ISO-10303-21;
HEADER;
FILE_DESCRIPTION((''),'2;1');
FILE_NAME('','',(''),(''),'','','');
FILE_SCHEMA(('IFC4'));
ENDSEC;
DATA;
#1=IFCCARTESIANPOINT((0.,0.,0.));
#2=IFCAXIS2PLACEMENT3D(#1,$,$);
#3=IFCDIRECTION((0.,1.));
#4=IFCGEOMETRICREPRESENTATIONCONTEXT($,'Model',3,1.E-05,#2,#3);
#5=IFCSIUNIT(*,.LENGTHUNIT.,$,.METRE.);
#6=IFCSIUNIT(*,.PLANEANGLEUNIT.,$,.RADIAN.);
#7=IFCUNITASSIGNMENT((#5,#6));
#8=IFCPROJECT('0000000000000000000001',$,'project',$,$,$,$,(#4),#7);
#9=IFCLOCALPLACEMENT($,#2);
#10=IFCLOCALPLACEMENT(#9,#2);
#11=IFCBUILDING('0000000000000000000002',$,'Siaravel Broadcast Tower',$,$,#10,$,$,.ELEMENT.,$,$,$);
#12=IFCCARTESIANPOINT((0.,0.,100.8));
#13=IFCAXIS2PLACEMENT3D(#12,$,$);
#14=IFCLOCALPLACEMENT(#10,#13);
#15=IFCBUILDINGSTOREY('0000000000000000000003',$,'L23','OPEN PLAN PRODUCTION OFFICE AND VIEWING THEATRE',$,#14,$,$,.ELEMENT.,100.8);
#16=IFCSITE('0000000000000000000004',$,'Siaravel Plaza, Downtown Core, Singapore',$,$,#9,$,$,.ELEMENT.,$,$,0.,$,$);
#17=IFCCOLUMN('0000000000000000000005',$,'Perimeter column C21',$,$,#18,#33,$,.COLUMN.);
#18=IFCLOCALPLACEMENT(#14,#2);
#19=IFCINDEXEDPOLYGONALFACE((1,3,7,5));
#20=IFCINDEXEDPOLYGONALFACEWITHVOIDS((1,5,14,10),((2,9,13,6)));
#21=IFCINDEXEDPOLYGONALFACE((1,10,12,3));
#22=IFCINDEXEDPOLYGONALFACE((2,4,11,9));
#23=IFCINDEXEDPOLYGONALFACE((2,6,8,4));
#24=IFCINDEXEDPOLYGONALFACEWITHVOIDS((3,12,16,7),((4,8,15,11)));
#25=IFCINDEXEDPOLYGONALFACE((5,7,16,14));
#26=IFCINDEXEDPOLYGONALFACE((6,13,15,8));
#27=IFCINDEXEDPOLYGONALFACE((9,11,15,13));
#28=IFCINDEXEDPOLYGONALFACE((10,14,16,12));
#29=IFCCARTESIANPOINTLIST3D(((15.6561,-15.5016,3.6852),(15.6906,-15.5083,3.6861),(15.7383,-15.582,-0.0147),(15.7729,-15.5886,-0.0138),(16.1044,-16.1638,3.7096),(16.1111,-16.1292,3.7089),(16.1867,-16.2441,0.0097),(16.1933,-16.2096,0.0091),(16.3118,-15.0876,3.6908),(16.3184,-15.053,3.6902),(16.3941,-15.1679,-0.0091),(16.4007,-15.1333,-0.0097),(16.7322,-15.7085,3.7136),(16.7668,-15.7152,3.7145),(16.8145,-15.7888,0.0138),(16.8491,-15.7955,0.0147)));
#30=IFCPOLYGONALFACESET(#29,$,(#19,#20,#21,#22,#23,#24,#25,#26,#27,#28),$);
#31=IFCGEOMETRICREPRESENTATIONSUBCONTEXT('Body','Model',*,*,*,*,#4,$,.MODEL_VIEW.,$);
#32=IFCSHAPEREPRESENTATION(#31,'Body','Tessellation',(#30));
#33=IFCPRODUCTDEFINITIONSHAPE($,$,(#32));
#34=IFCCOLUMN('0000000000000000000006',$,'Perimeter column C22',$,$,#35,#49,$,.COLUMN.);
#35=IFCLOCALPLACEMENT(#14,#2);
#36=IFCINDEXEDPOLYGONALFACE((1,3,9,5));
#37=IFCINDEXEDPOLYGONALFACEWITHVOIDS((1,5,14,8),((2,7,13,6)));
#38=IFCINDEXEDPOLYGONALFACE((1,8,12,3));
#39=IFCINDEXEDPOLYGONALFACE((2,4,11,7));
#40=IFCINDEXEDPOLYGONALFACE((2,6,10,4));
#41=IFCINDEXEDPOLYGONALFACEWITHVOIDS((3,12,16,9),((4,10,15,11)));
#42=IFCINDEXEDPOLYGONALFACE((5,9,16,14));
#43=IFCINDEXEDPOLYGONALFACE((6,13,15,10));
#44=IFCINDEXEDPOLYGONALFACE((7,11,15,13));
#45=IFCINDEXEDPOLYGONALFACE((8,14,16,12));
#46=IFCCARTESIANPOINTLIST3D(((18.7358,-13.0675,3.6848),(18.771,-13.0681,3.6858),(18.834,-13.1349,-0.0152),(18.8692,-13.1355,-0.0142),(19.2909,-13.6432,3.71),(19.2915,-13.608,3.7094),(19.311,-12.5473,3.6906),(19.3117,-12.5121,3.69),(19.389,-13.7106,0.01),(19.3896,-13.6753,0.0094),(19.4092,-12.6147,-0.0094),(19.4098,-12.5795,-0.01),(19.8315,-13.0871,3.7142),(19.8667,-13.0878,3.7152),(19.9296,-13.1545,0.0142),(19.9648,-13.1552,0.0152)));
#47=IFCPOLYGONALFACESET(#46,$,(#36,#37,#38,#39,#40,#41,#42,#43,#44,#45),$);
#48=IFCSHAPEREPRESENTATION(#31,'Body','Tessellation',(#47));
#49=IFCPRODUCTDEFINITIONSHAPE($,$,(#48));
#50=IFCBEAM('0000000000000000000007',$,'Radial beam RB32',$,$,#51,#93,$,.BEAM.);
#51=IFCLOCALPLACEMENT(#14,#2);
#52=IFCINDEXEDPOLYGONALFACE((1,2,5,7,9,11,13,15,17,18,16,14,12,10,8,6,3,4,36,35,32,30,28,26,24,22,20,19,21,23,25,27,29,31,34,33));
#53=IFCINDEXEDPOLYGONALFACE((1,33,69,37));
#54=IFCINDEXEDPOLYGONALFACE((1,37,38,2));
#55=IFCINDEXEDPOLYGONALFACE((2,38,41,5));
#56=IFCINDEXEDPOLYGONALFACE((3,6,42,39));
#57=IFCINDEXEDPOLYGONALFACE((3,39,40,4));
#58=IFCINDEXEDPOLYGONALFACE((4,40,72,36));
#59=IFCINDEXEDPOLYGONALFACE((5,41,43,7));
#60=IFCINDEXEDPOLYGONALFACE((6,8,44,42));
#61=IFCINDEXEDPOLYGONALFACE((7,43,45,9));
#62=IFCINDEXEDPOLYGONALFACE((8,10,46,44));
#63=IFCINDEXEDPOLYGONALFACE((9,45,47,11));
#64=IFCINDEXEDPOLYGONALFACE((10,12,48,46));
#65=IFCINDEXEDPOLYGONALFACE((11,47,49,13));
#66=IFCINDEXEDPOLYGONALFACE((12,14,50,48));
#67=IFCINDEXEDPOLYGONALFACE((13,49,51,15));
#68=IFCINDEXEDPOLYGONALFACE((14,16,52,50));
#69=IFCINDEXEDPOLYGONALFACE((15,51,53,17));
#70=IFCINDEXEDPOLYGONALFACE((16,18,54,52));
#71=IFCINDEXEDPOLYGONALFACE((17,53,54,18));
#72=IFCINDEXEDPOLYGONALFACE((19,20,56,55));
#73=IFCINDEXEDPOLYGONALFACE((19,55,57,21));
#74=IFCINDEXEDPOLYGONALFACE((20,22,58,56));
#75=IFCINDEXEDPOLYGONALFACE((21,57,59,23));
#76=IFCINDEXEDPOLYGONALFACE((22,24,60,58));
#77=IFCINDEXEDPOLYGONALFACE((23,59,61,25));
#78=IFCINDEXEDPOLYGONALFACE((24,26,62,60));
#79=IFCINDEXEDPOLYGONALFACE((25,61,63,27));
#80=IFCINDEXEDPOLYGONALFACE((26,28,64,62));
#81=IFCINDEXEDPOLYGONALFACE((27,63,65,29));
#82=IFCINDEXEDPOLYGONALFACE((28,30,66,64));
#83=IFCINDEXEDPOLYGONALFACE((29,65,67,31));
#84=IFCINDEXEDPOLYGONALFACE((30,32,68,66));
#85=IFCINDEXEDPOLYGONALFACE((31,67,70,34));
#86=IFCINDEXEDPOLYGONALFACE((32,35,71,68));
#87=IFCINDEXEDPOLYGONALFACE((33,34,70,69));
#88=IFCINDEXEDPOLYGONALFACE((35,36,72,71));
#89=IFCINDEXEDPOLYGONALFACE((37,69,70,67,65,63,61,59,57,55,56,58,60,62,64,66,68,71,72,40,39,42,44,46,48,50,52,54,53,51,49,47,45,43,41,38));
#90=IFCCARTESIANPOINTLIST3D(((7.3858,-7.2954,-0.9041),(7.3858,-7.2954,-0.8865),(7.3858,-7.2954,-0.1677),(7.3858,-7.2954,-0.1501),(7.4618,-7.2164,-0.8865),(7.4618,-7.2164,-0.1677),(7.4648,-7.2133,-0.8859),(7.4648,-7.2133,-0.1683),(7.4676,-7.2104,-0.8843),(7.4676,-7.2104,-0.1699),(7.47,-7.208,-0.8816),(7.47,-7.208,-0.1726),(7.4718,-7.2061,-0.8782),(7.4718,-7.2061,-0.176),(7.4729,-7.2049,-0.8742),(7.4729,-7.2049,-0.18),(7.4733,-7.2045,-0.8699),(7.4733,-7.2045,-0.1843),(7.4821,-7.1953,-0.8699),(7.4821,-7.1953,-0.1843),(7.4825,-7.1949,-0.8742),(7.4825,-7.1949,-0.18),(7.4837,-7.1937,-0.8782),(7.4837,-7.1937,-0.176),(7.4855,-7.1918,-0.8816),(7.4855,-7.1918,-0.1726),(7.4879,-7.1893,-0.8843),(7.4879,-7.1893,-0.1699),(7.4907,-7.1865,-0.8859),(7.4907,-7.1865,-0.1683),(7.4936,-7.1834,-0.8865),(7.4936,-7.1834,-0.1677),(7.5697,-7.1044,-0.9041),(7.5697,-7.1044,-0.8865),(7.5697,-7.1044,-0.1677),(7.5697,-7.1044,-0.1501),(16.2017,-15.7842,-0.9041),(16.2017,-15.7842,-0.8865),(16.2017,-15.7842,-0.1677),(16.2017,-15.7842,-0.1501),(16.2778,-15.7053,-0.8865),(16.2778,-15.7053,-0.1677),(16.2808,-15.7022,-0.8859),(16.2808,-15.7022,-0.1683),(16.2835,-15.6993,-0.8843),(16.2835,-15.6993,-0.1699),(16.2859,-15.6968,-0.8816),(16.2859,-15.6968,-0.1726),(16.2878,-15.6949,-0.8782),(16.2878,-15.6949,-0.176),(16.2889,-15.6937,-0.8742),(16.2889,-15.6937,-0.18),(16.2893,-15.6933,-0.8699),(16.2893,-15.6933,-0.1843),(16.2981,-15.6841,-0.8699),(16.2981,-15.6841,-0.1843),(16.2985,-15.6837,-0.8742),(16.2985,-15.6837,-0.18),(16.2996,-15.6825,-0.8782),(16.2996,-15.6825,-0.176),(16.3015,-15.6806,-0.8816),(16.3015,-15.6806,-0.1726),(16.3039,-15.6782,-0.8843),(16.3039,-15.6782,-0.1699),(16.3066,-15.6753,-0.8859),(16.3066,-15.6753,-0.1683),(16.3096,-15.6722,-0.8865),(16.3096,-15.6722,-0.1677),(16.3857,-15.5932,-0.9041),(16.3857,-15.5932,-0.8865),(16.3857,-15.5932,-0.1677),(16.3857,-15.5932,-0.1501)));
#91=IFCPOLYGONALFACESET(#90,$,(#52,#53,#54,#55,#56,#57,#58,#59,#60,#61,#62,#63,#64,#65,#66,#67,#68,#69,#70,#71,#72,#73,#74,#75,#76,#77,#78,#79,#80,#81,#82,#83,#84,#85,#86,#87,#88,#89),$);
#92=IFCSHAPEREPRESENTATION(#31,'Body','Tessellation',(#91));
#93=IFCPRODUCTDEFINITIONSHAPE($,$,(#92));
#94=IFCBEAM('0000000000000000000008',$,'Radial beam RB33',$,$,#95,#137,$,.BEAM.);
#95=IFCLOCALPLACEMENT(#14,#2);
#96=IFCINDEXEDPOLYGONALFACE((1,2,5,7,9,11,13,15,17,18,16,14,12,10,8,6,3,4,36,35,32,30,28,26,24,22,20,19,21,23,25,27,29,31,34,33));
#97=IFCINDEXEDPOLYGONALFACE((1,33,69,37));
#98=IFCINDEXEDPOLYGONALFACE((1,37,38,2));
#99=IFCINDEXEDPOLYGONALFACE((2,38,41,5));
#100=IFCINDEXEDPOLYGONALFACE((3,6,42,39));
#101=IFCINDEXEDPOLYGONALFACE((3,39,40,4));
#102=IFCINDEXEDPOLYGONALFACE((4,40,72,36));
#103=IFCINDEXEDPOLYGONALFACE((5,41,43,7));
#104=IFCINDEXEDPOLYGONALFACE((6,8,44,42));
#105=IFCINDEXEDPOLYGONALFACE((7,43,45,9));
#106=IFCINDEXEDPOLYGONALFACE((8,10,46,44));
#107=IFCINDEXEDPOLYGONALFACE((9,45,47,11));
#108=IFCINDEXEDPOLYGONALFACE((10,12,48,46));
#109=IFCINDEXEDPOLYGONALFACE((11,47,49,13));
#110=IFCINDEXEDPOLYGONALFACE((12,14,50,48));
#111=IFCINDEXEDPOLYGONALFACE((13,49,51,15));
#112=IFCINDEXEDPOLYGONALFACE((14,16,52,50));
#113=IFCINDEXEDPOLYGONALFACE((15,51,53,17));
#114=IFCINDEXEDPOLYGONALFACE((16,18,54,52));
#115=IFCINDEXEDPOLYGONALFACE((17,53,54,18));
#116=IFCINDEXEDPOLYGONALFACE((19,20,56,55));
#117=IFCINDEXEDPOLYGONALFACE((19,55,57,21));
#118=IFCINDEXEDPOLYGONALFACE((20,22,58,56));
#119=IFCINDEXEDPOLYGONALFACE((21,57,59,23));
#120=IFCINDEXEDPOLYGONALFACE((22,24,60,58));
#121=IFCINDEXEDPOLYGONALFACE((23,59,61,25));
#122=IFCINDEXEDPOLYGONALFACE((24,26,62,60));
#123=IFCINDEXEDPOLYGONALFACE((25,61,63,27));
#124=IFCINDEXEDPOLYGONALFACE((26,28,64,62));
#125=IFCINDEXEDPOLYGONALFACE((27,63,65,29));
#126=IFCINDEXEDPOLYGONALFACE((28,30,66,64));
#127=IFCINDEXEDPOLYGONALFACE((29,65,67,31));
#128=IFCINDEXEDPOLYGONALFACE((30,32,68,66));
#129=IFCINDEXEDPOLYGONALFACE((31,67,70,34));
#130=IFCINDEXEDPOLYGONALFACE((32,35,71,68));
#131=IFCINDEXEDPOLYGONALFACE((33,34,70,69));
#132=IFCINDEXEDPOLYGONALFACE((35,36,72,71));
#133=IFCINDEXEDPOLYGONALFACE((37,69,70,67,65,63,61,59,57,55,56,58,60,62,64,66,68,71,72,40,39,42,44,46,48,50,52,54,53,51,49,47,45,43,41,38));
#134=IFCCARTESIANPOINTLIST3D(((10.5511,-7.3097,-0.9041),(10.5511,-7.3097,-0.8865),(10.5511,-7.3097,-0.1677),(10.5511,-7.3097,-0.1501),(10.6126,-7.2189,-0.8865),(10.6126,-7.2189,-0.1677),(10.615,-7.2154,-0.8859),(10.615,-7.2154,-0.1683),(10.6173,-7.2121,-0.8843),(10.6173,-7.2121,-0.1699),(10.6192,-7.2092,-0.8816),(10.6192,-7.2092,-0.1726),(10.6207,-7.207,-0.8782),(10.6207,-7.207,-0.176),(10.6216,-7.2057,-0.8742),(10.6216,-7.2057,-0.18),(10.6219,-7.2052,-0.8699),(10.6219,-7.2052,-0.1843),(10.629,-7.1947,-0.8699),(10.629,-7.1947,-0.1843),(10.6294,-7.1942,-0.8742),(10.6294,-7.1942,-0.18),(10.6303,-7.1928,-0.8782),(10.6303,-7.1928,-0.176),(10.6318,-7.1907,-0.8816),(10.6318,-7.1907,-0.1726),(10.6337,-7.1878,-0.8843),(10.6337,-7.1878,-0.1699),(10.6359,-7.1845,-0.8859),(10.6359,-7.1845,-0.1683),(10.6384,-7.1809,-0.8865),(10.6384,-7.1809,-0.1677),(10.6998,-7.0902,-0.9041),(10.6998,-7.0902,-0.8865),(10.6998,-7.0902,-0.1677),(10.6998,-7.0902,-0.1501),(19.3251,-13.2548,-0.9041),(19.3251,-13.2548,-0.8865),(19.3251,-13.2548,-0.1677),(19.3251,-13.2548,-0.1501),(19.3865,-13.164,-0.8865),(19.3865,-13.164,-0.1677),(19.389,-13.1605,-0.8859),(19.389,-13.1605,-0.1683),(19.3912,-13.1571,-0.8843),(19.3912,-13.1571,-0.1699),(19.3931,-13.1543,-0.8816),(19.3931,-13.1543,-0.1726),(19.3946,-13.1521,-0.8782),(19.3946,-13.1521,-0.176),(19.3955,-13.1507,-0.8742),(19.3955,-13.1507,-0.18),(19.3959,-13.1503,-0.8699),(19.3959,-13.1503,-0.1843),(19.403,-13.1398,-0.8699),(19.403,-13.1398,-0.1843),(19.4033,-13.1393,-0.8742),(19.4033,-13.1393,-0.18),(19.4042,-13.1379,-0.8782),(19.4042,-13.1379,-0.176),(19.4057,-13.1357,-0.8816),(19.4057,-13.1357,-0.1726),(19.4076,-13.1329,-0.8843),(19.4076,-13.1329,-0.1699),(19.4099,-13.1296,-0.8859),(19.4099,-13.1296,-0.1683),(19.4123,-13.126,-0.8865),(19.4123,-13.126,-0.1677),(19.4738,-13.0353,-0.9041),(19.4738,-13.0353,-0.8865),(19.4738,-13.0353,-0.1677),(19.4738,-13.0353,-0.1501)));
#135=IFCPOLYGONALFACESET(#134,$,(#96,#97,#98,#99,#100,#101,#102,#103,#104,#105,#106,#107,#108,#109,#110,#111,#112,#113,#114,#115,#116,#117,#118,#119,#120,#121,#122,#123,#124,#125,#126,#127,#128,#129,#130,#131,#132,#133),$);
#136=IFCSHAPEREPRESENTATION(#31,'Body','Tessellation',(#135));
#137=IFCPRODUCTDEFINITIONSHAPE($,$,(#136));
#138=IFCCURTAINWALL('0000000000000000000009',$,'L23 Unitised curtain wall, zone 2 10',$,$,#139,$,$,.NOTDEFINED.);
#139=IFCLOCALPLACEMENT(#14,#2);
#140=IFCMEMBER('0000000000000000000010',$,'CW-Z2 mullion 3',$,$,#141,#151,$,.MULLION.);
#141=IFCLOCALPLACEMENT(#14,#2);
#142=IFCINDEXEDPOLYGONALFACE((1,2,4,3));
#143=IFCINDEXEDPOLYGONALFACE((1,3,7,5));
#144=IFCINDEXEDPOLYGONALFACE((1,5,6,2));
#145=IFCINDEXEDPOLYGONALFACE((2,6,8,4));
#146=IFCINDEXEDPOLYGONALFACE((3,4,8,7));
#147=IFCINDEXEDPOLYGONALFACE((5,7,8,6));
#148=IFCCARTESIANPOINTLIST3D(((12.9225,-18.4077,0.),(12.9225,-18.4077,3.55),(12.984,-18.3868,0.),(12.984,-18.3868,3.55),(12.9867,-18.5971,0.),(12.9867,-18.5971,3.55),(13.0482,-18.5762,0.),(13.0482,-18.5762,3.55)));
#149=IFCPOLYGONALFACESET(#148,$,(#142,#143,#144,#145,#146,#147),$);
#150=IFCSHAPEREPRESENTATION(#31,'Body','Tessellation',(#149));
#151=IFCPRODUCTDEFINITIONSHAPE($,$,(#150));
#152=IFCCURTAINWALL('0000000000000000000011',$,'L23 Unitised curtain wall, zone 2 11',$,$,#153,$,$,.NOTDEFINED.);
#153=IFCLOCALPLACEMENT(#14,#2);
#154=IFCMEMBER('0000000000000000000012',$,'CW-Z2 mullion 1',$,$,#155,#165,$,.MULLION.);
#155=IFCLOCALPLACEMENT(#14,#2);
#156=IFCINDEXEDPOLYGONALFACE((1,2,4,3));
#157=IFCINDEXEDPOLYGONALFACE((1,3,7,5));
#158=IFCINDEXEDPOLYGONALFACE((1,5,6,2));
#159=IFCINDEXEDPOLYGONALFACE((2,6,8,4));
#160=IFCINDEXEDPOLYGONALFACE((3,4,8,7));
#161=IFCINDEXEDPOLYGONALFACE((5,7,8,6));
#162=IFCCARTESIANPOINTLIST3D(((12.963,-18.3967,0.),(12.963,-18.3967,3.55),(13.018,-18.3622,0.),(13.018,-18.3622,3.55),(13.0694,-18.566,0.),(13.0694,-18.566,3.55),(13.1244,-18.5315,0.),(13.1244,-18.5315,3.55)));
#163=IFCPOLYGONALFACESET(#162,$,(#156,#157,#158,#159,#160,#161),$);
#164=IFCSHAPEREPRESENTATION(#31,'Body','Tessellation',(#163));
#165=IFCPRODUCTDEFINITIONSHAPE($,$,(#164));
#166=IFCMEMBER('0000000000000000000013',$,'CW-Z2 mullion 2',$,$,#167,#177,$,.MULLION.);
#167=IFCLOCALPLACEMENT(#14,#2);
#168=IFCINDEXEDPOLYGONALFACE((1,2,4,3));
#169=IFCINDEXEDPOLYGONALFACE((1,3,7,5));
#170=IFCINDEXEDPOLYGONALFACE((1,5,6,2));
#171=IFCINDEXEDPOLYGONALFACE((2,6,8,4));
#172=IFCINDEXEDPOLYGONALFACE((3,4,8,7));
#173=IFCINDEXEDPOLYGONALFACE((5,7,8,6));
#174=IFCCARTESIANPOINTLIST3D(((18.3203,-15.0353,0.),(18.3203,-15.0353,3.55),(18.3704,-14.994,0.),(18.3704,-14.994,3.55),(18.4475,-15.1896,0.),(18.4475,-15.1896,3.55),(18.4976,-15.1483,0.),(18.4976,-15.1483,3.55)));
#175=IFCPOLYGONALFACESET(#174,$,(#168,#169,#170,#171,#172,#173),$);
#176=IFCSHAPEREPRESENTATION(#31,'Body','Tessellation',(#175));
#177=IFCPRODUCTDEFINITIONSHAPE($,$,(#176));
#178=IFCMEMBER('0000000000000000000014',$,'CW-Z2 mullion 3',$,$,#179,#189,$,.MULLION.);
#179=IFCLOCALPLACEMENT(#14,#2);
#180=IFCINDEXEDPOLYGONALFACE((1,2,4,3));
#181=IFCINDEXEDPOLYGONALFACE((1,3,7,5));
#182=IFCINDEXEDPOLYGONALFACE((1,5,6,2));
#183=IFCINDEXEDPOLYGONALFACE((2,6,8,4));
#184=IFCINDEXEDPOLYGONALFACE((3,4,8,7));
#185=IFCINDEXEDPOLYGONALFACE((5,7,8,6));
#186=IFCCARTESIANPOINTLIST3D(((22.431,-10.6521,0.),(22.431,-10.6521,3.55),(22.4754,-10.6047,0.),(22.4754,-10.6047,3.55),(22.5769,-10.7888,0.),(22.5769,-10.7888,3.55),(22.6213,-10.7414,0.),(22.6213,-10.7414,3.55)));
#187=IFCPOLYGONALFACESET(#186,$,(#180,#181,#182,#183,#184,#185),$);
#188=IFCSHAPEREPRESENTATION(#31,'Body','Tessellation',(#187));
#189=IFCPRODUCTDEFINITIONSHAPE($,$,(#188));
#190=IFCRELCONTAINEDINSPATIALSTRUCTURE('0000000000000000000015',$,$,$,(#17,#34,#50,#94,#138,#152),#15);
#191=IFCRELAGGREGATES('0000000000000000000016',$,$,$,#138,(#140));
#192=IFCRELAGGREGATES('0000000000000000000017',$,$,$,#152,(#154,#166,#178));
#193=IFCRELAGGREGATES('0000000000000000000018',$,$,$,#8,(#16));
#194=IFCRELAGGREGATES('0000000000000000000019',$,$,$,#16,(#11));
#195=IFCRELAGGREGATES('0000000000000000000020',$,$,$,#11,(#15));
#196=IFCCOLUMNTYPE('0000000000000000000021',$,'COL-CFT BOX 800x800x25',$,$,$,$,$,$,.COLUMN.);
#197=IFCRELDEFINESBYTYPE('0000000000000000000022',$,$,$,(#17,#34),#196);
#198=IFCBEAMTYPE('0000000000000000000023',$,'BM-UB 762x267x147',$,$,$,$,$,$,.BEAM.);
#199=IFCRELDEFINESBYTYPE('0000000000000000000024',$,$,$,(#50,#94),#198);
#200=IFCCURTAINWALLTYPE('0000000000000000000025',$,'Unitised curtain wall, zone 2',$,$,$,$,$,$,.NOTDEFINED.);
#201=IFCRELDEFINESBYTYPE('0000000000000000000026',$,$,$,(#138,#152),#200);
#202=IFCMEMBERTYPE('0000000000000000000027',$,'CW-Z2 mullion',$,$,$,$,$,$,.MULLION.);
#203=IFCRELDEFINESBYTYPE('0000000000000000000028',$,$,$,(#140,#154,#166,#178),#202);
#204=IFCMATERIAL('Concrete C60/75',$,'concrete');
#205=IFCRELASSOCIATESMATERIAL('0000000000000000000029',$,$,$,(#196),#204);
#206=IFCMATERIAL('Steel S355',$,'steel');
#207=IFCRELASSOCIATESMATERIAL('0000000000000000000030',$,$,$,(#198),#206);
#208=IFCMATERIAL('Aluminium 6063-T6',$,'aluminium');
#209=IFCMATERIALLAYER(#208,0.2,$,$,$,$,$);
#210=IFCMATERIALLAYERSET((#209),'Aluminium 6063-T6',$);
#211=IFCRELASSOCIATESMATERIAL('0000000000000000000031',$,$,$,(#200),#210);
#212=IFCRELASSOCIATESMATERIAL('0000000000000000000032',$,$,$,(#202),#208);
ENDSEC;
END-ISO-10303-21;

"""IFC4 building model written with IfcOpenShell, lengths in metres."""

from ifc_helpers import new_model, si_unit, direction, frame, origin, origin_2d, place, context, subcontext, project, spatial, rectangle, hollow_rectangle, i_section, extrude, material, layer, layer_set, material_profile, profile_set, type_object, element, aggregate, save


model = new_model("IFC4")

# Units and contexts
model_context = context("Model", 3, precision=1e-05, world=origin(), true_north=direction((0.0, 1.0)))
body_context = subcontext(model_context, "Body", "Model", "MODEL_VIEW")
ifc_project = project(units=[si_unit("LENGTHUNIT", "METRE"), si_unit("PLANEANGLEUNIT", "RADIAN")], contexts=[model_context])

# Site, building, storey
site_placement = place(None, origin())
site = spatial("IfcSite", under=ifc_project, at=site_placement, Name="Siaravel Plaza, Downtown Core, Singapore", CompositionType="ELEMENT", RefElevation=0.0)
building_placement = place(site_placement, origin())
building = spatial("IfcBuilding", under=site, at=building_placement, Name="Siaravel Broadcast Tower", CompositionType="ELEMENT")
storey_placement = place(building_placement, frame((0.0, 0.0, 100.8)))
storey = spatial("IfcBuildingStorey", under=building, at=storey_placement, Name="L23", Description="OPEN PLAN PRODUCTION OFFICE AND VIEWING THEATRE", CompositionType="ELEMENT", Elevation=100.8)

# Columns
ifc_material_1 = material(Name="Concrete C60/75", Category="concrete")
ifc_material_profile_1 = material_profile(ifc_material_1, hollow_rectangle(XDim=0.8, YDim=0.8, WallThickness=0.0249, at=origin_2d()))
ifc_profile_set_1 = profile_set([ifc_material_profile_1], Name="Concrete C60/75")
column_type = type_object("IfcColumnType", Name="COL-CFT BOX 800x800x25", PredefinedType="COLUMN", material=ifc_profile_set_1)
column_1_placement = place(storey_placement, frame((16.2937, -15.6887, 0.0), z_axis=(-0.022226, 0.021699, 0.999517), x_axis=(-0.82793, -0.560796, -0.006236)))
element("IfcColumn", 1, at=column_1_placement, inside=storey, type_object=column_type, Name="Perimeter column C21", PredefinedType="COLUMN", context=body_context, shape_type="SweptSolid", body=[
    extrude(hollow_rectangle(XDim=0.8, YDim=0.8, WallThickness=0.0249, at=origin_2d()), origin(), (0.0, 0.0, 1.0), 3.7017),
])
column_2_placement = place(storey_placement, frame((19.3994, -13.145, 0.0), z_axis=(-0.026512, 0.018202, 0.999483), x_axis=(-0.719754, -0.694199, -0.006449)))
element("IfcColumn", 2, at=column_2_placement, inside=storey, type_object=column_type, Name="Perimeter column C22", PredefinedType="COLUMN", context=body_context, shape_type="SweptSolid", body=[
    extrude(hollow_rectangle(XDim=0.8, YDim=0.8, WallThickness=0.0249, at=origin_2d()), origin(), (0.0, 0.0, 1.0), 3.7019),
])

# Beams
ifc_material_2 = material(Name="Steel S355", Category="steel")
ifc_material_profile_2 = material_profile(ifc_material_2, i_section(OverallWidth=0.2651, OverallDepth=0.7539, WebThickness=0.0127, FlangeThickness=0.0176, FilletRadius=0.0166, at=origin_2d()))
ifc_profile_set_2 = profile_set([ifc_material_profile_2], Name="Steel S355")
beam_type = type_object("IfcBeamType", Name="BM-UB 762x267x147", PredefinedType="BEAM", material=ifc_profile_set_2)
beam_1_placement = place(storey_placement, frame((16.2937, -15.6887, -0.5271), z_axis=(-0.720346, 0.693615, 0.0), x_axis=(-0.693615, -0.720346, 0.0)))
element("IfcBeam", 3, at=beam_1_placement, inside=storey, type_object=beam_type, Name="Radial beam RB32", PredefinedType="BEAM", context=body_context, shape_type="SweptSolid", body=[
    extrude(i_section(OverallWidth=0.2651, OverallDepth=0.7539, WebThickness=0.0127, FlangeThickness=0.0176, FilletRadius=0.0166, at=origin_2d()), origin(), (0.0, 0.0, 1.0), 12.2385),
])
beam_2_placement = place(storey_placement, frame((19.3994, -13.145, -0.5271), z_axis=(-0.827856, 0.560941, 0.0), x_axis=(-0.560941, -0.827856, 0.0)))
element("IfcBeam", 4, at=beam_2_placement, inside=storey, type_object=beam_type, Name="Radial beam RB33", PredefinedType="BEAM", context=body_context, shape_type="SweptSolid", body=[
    extrude(i_section(OverallWidth=0.2651, OverallDepth=0.7539, WebThickness=0.0127, FlangeThickness=0.0176, FilletRadius=0.0166, at=origin_2d()), origin(), (0.0, 0.0, 1.0), 10.5984),
])

# Curtain wall, member
ifc_material_3 = material(Name="Aluminium 6063-T6", Category="aluminium")
ifc_layer_1 = layer(ifc_material_3, 0.2)
ifc_layer_set_1 = layer_set([ifc_layer_1], Name="Aluminium 6063-T6")
curtain_wall_type = type_object("IfcCurtainWallType", Name="Unitised curtain wall, zone 2", PredefinedType="NOTDEFINED", material=ifc_layer_set_1)
curtain_wall_1_placement = place(storey_placement, origin())
curtain_wall_1 = element("IfcCurtainWall", 5, at=curtain_wall_1_placement, inside=storey, type_object=curtain_wall_type, Name="L23 Unitised curtain wall, zone 2 10", PredefinedType="NOTDEFINED")
ifc_material_profile_3 = material_profile(ifc_material_3, rectangle(XDim=0.2, YDim=0.0649, at=origin_2d()))
ifc_profile_set_3 = profile_set([ifc_material_profile_3], Name="Aluminium 6063-T6")
member_type_1 = type_object("IfcMemberType", Name="CW-Z2 mullion", PredefinedType="MULLION", material=ifc_profile_set_3)
member_1_placement = place(storey_placement, frame((12.9854, -18.4919, 0.0), z_axis=(0.0, 0.0, 1.0), x_axis=(-0.3213, 0.946977, 0.0)))
member_1 = element("IfcMember", 6, at=member_1_placement, type_object=member_type_1, Name="CW-Z2 mullion 3", PredefinedType="MULLION", context=body_context, shape_type="SweptSolid", body=[
    extrude(rectangle(XDim=0.2, YDim=0.0649, at=origin_2d()), origin(), (0.0, 0.0, 1.0), 3.55),
])
aggregate(curtain_wall_1, [member_1])

# Curtain wall, members
curtain_wall_2_placement = place(storey_placement, origin())
curtain_wall_2 = element("IfcCurtainWall", 7, at=curtain_wall_2_placement, inside=storey, type_object=curtain_wall_type, Name="L23 Unitised curtain wall, zone 2 11", PredefinedType="NOTDEFINED")
member_2_placement = place(storey_placement, frame((13.0437, -18.4641, 0.0), z_axis=(0.0, 0.0, 1.0), x_axis=(-0.532149, 0.846651, 0.0)))
member_2 = element("IfcMember", 8, at=member_2_placement, type_object=member_type_1, Name="CW-Z2 mullion 1", PredefinedType="MULLION", context=body_context, shape_type="SweptSolid", body=[
    extrude(rectangle(XDim=0.2, YDim=0.0649, at=origin_2d()), origin(), (0.0, 0.0, 1.0), 3.55),
])
member_3_placement = place(storey_placement, frame((18.4089, -15.0918, 0.0), z_axis=(0.0, 0.0, 1.0), x_axis=(-0.636218, 0.771509, 0.0)))
member_3 = element("IfcMember", 9, at=member_3_placement, type_object=member_type_1, Name="CW-Z2 mullion 2", PredefinedType="MULLION", context=body_context, shape_type="SweptSolid", body=[
    extrude(rectangle(XDim=0.2, YDim=0.0649, at=origin_2d()), origin(), (0.0, 0.0, 1.0), 3.55),
])
member_4_placement = place(storey_placement, frame((22.5261, -10.6968, 0.0), z_axis=(0.0, 0.0, 1.0), x_axis=(-0.729805, 0.683656, 0.0)))
member_4 = element("IfcMember", 10, at=member_4_placement, type_object=member_type_1, Name="CW-Z2 mullion 3", PredefinedType="MULLION", context=body_context, shape_type="SweptSolid", body=[
    extrude(rectangle(XDim=0.2, YDim=0.0649, at=origin_2d()), origin(), (0.0, 0.0, 1.0), 3.55),
])

aggregate(curtain_wall_2, [member_2, member_3, member_4])

save(model, "model.ifc")
